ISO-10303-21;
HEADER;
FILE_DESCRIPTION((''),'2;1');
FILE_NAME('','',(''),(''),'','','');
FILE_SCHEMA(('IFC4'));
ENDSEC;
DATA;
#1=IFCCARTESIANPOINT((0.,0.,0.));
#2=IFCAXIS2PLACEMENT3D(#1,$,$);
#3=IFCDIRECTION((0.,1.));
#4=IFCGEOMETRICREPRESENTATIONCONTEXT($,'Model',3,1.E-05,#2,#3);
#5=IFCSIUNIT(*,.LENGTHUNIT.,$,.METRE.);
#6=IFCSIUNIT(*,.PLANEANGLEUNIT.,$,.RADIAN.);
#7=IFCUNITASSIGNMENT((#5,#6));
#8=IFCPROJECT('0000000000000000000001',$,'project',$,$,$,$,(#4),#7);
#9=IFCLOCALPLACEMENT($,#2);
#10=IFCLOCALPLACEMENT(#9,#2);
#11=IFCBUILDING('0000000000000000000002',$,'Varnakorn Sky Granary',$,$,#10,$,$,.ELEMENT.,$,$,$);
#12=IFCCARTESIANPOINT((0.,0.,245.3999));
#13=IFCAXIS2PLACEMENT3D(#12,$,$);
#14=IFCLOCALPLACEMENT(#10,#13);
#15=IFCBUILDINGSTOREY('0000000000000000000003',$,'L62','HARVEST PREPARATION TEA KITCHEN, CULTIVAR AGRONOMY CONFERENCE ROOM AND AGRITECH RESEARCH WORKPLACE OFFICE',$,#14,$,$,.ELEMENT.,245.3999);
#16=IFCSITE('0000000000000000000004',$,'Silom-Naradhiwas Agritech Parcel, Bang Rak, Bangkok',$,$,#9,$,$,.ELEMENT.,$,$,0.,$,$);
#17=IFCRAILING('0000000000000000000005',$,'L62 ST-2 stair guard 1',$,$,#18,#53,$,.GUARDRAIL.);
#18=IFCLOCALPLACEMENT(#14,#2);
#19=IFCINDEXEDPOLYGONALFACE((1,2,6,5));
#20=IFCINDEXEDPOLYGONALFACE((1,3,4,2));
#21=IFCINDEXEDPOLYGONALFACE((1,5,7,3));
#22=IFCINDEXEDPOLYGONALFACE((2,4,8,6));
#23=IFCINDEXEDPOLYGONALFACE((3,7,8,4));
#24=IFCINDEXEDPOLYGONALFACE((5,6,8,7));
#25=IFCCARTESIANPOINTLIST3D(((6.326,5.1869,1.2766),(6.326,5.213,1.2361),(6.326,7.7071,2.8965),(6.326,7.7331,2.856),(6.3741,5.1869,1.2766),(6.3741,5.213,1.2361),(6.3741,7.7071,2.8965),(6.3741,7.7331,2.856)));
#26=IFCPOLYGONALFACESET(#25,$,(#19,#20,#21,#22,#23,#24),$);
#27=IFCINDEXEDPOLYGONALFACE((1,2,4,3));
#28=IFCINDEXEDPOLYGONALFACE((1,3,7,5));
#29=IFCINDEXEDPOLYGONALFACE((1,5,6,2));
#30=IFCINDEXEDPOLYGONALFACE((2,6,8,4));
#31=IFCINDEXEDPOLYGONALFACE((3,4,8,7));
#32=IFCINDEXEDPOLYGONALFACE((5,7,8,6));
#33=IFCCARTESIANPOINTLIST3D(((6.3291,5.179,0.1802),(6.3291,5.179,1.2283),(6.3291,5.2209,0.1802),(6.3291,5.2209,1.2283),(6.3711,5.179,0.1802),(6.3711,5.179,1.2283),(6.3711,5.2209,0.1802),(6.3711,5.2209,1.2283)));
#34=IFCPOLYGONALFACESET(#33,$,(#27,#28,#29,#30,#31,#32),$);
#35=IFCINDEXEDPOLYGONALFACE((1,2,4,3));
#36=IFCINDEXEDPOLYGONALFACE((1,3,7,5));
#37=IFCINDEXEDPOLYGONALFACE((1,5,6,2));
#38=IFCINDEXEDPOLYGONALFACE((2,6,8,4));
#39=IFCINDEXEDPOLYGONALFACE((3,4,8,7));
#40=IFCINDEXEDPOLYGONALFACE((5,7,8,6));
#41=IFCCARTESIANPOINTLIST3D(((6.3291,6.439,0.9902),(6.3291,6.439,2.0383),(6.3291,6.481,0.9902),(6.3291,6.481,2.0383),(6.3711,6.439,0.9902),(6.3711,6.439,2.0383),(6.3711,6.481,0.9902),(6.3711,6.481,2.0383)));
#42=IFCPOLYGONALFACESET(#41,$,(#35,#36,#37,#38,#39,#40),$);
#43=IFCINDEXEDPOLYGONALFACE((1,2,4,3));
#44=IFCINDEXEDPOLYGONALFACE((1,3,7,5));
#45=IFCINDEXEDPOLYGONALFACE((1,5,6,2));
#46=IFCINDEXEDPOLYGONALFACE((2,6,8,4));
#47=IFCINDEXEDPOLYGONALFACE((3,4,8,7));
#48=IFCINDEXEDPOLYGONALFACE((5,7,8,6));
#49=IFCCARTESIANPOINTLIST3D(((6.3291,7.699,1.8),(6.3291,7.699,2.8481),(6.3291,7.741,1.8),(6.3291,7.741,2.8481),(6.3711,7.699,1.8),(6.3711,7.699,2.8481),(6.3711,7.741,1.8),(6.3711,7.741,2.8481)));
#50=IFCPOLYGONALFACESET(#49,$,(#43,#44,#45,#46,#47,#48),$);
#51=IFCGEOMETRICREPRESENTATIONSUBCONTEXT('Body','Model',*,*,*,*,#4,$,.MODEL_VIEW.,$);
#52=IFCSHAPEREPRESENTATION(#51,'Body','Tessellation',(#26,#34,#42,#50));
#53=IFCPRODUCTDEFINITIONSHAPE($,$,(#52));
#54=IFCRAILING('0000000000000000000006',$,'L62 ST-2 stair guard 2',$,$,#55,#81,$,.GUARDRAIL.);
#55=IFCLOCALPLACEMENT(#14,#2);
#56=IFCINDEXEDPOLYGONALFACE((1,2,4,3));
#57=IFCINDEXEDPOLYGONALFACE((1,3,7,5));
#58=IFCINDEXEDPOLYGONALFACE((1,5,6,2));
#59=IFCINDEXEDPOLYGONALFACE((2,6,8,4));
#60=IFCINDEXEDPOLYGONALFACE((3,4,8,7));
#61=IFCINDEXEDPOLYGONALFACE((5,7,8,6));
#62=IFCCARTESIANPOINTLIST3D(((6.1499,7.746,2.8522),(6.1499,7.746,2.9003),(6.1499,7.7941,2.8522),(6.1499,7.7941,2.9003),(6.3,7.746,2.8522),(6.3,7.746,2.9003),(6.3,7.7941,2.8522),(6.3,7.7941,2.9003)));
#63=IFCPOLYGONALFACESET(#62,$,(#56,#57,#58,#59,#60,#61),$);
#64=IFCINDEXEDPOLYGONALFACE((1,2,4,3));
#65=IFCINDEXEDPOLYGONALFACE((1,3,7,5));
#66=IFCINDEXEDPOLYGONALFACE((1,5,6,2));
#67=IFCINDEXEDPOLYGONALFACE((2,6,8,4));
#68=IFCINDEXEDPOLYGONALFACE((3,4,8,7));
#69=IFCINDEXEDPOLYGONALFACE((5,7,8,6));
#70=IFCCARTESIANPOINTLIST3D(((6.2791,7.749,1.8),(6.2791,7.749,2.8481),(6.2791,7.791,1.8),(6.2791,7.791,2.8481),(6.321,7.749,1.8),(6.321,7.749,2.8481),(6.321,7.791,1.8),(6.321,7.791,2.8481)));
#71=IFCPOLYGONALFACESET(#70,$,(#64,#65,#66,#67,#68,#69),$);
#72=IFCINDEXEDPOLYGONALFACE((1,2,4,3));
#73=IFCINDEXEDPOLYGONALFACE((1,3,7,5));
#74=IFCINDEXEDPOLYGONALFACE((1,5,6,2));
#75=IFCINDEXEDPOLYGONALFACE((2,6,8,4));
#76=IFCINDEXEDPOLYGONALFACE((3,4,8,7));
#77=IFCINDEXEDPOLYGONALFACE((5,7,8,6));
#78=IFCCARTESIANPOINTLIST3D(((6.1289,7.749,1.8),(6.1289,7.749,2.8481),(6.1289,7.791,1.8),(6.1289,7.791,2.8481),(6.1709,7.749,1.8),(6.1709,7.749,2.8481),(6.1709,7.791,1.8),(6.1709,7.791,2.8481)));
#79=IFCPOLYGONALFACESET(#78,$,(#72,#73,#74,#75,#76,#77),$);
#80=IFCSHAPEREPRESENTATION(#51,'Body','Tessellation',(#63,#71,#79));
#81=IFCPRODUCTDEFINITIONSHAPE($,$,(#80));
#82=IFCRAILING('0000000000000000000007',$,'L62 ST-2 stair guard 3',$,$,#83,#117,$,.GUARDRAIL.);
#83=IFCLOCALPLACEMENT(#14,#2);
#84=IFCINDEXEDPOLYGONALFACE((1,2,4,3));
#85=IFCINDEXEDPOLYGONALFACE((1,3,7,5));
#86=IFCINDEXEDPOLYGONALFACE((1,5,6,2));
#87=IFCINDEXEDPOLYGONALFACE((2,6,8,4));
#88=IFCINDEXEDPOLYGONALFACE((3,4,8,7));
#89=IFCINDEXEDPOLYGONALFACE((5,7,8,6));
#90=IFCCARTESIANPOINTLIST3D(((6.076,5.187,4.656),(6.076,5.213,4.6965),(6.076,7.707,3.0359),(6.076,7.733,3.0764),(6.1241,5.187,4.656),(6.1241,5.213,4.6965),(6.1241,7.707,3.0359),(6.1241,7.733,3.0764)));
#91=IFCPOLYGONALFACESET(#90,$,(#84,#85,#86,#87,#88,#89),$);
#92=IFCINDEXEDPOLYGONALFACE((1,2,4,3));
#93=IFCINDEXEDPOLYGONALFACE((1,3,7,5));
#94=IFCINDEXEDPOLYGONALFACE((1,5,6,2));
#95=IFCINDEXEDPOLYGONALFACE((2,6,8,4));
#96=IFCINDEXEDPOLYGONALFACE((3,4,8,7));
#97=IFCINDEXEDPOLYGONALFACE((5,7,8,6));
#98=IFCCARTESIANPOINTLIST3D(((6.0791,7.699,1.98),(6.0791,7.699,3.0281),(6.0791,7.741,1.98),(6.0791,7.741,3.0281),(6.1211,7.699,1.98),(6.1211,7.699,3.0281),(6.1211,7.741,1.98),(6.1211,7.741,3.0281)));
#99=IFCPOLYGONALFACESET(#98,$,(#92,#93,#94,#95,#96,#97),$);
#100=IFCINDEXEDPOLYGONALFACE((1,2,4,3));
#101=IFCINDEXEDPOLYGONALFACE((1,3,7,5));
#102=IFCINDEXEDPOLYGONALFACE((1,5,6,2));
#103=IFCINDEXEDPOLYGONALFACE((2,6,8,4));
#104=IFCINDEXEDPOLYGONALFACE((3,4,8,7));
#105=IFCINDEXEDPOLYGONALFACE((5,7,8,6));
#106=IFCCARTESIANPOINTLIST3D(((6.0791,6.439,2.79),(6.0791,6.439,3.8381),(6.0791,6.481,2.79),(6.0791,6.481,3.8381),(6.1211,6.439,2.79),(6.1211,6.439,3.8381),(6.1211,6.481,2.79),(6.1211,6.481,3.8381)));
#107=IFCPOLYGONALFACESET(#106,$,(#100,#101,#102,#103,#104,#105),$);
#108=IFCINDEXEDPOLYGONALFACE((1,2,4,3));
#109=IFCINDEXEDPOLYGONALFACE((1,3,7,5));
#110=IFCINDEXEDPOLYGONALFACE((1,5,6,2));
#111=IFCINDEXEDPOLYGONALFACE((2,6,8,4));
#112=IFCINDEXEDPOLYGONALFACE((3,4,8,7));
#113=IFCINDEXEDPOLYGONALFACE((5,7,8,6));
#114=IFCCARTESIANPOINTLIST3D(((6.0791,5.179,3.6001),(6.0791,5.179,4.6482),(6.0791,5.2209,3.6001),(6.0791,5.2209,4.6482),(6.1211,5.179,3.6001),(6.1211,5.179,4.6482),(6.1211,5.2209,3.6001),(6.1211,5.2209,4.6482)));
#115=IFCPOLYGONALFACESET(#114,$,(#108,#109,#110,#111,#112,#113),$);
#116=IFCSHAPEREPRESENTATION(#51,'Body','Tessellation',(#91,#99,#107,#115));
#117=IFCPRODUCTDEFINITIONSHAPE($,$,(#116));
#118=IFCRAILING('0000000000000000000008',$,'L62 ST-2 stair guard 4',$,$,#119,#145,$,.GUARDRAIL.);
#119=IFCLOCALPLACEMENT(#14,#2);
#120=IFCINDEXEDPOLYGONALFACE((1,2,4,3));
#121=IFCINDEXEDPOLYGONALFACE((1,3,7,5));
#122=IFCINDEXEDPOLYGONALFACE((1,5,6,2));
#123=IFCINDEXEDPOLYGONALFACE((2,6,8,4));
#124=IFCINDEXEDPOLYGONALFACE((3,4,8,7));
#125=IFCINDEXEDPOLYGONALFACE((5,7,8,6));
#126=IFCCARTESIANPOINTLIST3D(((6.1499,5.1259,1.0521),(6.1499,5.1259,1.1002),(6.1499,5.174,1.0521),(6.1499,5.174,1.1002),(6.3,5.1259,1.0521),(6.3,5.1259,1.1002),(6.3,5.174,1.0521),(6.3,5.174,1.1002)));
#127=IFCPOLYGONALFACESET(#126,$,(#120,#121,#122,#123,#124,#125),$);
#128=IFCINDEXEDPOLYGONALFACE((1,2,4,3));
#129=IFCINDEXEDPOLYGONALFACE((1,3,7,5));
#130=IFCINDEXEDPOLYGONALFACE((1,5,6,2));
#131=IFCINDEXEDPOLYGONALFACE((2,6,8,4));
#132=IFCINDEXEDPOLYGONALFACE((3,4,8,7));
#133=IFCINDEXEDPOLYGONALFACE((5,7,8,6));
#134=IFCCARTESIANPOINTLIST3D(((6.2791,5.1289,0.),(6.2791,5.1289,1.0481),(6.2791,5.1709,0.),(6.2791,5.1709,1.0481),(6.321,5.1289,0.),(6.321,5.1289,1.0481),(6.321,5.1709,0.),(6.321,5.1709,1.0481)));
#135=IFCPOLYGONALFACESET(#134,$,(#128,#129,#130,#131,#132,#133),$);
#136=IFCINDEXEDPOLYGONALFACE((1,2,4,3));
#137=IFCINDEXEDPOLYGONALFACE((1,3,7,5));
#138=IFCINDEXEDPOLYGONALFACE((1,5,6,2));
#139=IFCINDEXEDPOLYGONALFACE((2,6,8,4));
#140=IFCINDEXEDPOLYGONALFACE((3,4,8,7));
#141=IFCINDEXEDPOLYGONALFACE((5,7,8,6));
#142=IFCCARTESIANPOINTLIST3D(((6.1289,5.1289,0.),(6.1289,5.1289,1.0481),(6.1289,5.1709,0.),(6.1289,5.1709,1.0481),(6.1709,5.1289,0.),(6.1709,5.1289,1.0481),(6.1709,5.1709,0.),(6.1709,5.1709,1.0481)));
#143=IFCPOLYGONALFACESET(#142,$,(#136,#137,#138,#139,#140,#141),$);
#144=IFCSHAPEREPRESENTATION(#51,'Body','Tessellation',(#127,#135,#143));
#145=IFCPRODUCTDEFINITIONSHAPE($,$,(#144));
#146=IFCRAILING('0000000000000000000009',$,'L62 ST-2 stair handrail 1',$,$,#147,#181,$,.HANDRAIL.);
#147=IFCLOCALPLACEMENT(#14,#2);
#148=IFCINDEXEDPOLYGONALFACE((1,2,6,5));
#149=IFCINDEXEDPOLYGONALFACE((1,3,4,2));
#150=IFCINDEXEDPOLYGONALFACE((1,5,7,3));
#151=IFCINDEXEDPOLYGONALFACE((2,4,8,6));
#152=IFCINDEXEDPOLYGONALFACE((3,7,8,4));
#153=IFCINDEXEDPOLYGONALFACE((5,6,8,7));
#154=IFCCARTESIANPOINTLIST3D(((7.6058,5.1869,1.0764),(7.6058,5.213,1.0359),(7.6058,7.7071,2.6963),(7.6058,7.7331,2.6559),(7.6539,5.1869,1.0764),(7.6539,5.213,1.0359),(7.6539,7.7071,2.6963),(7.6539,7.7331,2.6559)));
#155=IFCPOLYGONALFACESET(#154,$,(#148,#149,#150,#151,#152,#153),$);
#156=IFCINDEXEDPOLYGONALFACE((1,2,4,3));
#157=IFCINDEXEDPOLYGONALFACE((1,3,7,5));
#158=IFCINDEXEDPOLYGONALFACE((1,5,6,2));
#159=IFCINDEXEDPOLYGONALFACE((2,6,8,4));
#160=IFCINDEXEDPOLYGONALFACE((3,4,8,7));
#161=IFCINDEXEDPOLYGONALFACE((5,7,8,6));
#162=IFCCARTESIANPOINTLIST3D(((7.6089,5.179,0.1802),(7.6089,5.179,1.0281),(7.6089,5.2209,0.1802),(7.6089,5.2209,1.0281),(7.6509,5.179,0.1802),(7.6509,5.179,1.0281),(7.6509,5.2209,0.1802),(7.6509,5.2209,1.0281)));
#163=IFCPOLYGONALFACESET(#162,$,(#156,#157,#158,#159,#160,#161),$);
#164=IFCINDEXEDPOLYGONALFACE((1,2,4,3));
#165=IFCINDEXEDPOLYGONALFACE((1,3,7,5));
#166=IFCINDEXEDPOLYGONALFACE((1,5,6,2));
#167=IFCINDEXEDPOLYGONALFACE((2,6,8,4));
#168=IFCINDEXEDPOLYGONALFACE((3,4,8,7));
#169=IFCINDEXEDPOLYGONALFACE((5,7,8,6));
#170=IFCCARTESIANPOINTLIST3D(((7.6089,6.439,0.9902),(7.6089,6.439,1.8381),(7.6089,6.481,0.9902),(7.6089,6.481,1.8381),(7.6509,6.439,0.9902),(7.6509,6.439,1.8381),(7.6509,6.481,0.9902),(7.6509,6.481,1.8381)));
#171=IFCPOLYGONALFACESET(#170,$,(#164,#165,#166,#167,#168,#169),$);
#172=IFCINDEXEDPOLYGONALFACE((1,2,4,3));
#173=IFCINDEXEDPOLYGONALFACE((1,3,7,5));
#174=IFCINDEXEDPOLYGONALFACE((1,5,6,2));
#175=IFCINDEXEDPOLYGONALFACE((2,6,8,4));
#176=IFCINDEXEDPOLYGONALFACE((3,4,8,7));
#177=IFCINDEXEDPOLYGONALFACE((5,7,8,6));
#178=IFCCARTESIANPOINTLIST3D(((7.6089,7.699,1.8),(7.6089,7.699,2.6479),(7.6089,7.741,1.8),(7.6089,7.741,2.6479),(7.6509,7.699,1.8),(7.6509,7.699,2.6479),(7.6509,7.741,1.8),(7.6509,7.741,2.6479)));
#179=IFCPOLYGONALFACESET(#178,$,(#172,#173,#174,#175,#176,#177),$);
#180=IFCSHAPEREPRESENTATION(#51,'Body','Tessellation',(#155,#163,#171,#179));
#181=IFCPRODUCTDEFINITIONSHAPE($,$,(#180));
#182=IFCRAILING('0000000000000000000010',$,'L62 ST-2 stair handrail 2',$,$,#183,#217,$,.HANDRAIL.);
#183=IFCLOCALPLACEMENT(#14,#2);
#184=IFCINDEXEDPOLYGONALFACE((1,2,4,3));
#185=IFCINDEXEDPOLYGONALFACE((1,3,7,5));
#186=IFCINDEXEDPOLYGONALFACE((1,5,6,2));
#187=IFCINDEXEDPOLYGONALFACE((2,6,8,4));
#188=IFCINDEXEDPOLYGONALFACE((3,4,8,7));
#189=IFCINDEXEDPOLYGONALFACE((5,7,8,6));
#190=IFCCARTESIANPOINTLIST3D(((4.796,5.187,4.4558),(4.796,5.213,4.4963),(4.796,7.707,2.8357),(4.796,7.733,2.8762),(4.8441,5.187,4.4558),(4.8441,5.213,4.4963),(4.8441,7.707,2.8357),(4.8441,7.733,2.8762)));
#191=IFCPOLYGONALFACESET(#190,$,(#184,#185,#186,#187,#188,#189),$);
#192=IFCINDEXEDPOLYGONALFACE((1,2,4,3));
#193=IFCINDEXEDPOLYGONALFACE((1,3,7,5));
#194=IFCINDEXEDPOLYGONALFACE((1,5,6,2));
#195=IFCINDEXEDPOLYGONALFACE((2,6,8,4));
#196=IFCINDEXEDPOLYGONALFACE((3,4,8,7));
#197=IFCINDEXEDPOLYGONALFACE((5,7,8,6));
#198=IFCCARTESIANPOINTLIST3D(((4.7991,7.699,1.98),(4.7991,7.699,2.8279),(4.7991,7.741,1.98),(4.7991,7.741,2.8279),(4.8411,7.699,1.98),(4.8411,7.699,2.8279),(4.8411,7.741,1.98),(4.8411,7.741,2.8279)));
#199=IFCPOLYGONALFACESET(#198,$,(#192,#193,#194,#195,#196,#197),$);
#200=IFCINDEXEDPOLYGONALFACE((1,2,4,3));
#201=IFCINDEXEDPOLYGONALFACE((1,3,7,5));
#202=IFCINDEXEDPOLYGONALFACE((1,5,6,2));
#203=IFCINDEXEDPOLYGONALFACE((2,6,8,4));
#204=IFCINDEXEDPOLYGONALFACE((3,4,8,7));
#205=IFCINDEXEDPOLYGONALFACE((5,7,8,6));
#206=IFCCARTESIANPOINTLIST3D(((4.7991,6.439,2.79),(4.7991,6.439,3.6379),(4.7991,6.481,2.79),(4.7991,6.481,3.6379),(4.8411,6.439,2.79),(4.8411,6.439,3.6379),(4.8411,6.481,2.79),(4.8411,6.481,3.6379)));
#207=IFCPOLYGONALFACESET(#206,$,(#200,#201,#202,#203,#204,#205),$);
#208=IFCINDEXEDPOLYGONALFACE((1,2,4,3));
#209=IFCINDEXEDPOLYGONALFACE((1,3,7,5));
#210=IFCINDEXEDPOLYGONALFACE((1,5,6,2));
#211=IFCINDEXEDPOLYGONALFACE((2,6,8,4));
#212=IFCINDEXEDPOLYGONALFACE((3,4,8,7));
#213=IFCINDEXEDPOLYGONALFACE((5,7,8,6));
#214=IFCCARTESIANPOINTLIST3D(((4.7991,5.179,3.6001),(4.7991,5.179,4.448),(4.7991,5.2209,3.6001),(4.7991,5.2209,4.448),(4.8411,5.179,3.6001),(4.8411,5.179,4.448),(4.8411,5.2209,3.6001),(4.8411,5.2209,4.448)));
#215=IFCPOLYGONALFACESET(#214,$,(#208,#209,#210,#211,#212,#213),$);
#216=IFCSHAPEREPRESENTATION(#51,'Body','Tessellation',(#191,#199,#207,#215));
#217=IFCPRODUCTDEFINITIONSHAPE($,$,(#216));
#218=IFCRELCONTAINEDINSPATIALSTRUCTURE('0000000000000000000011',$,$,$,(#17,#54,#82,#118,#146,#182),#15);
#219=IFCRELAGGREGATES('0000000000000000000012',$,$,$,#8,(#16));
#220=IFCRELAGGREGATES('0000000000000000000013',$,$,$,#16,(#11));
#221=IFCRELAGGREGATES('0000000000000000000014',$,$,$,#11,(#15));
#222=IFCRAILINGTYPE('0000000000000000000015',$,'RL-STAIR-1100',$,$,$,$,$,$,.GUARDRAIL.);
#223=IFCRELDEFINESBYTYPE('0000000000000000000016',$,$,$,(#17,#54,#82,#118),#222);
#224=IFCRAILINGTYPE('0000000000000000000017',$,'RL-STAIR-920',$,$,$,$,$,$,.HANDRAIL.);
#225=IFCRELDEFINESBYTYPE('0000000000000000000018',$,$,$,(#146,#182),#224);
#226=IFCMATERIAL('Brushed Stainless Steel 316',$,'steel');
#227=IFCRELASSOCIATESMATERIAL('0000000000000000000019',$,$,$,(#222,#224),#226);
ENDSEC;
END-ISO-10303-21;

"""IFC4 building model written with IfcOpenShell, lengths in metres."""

from ifc_helpers import new_model, si_unit, direction, frame, origin, origin_2d, place, context, subcontext, project, spatial, rectangle, extrude, material, type_object, element, save


model = new_model("IFC4")

# Units and contexts
model_context = context("Model", 3, precision=1e-05, world=origin(), true_north=direction((0.0, 1.0)))
body_context = subcontext(model_context, "Body", "Model", "MODEL_VIEW")
ifc_project = project(units=[si_unit("LENGTHUNIT", "METRE"), si_unit("PLANEANGLEUNIT", "RADIAN")], contexts=[model_context])

# Site, building, storey
site_placement = place(None, origin())
site = spatial("IfcSite", under=ifc_project, at=site_placement, Name="Silom-Naradhiwas Agritech Parcel, Bang Rak, Bangkok", CompositionType="ELEMENT", RefElevation=0.0)
building_placement = place(site_placement, origin())
building = spatial("IfcBuilding", under=site, at=building_placement, Name="Varnakorn Sky Granary", CompositionType="ELEMENT")
storey_placement = place(building_placement, frame((0.0, 0.0, 245.3999)))
storey = spatial("IfcBuildingStorey", under=building, at=storey_placement, Name="L62", Description="HARVEST PREPARATION TEA KITCHEN, CULTIVAR AGRONOMY CONFERENCE ROOM AND AGRITECH RESEARCH WORKPLACE OFFICE", CompositionType="ELEMENT", Elevation=245.3999)

# Railings
ifc_material_1 = material(Name="Brushed Stainless Steel 316", Category="steel")
railing_type_1 = type_object("IfcRailingType", Name="RL-STAIR-1100", PredefinedType="GUARDRAIL", material=ifc_material_1)
railing_1_placement = place(storey_placement, frame((6.3501, 5.2, 0.1802)))
element("IfcRailing", 1, at=railing_1_placement, inside=storey, type_object=railing_type_1, Name="L62 ST-2 stair guard 1", PredefinedType="GUARDRAIL", context=body_context, shape_type="SweptSolid", body=[
    extrude(rectangle(XDim=0.0481, YDim=0.0481, at=origin_2d()), frame((0.0, 0.0, 1.0762), z_axis=(0.0, 0.8412, 0.540725), x_axis=(-1.0, 0.0, 0.0)), (0.0, 0.0, 1.0), 2.9958),
    extrude(rectangle(XDim=0.042, YDim=0.042, at=origin_2d()), origin(), (0.0, 0.0, 1.0), 1.0481),
    extrude(rectangle(XDim=0.042, YDim=0.042, at=origin_2d()), frame((0.0, 1.26, 0.8101)), (0.0, 0.0, 1.0), 1.0481),
    extrude(rectangle(XDim=0.042, YDim=0.042, at=origin_2d()), frame((0.0, 2.52, 1.6199)), (0.0, 0.0, 1.0), 1.0481),
])
railing_2_placement = place(storey_placement, frame((6.3, 7.77, 1.8)))
element("IfcRailing", 2, at=railing_2_placement, inside=storey, type_object=railing_type_1, Name="L62 ST-2 stair guard 2", PredefinedType="GUARDRAIL", context=body_context, shape_type="SweptSolid", body=[
    extrude(rectangle(XDim=0.0481, YDim=0.0481, at=origin_2d()), frame((0.0, 0.0, 1.0762), z_axis=(-1.0, 0.0, 0.0), x_axis=(0.0, -1.0, 0.0)), (0.0, 0.0, 1.0), 0.1501),
    extrude(rectangle(XDim=0.042, YDim=0.042, at=origin_2d()), origin(), (0.0, 0.0, 1.0), 1.0481),
    extrude(rectangle(XDim=0.042, YDim=0.042, at=origin_2d()), frame((-0.1501, 0.0, 0.0)), (0.0, 0.0, 1.0), 1.0481),
])
railing_3_placement = place(storey_placement, frame((6.1001, 7.72, 1.98)))
element("IfcRailing", 3, at=railing_3_placement, inside=storey, type_object=railing_type_1, Name="L62 ST-2 stair guard 3", PredefinedType="GUARDRAIL", context=body_context, shape_type="SweptSolid", body=[
    extrude(rectangle(XDim=0.0481, YDim=0.0481, at=origin_2d()), frame((0.0, 0.0, 1.0762), z_axis=(0.0, -0.841163, 0.540782), x_axis=(1.0, 0.0, 0.0)), (0.0, 0.0, 1.0), 2.9958),
    extrude(rectangle(XDim=0.042, YDim=0.042, at=origin_2d()), origin(), (0.0, 0.0, 1.0), 1.0481),
    extrude(rectangle(XDim=0.042, YDim=0.042, at=origin_2d()), frame((0.0, -1.26, 0.8101)), (0.0, 0.0, 1.0), 1.0481),
    extrude(rectangle(XDim=0.042, YDim=0.042, at=origin_2d()), frame((0.0, -2.52, 1.6201)), (0.0, 0.0, 1.0), 1.0481),
])
railing_4_placement = place(storey_placement, frame((6.3, 5.1499, 0.0)))
element("IfcRailing", 4, at=railing_4_placement, inside=storey, type_object=railing_type_1, Name="L62 ST-2 stair guard 4", PredefinedType="GUARDRAIL", context=body_context, shape_type="SweptSolid", body=[
    extrude(rectangle(XDim=0.0481, YDim=0.0481, at=origin_2d()), frame((0.0, 0.0, 1.0762), z_axis=(-1.0, 0.0, 0.0), x_axis=(0.0, -1.0, 0.0)), (0.0, 0.0, 1.0), 0.1501),
    extrude(rectangle(XDim=0.042, YDim=0.042, at=origin_2d()), origin(), (0.0, 0.0, 1.0), 1.0481),
    extrude(rectangle(XDim=0.042, YDim=0.042, at=origin_2d()), frame((-0.1501, 0.0, 0.0)), (0.0, 0.0, 1.0), 1.0481),
])
railing_type_2 = type_object("IfcRailingType", Name="RL-STAIR-920", PredefinedType="HANDRAIL", material=ifc_material_1)
railing_5_placement = place(storey_placement, frame((7.6299, 5.2, 0.1802)))
element("IfcRailing", 5, at=railing_5_placement, inside=storey, type_object=railing_type_2, Name="L62 ST-2 stair handrail 1", PredefinedType="HANDRAIL", context=body_context, shape_type="SweptSolid", body=[
    extrude(rectangle(XDim=0.0481, YDim=0.0481, at=origin_2d()), frame((0.0, 0.0, 0.876), z_axis=(0.0, 0.8412, 0.540725), x_axis=(-1.0, 0.0, 0.0)), (0.0, 0.0, 1.0), 2.9958),
    extrude(rectangle(XDim=0.042, YDim=0.042, at=origin_2d()), origin(), (0.0, 0.0, 1.0), 0.8479),
    extrude(rectangle(XDim=0.042, YDim=0.042, at=origin_2d()), frame((0.0, 1.26, 0.8101)), (0.0, 0.0, 1.0), 0.8479),
    extrude(rectangle(XDim=0.042, YDim=0.042, at=origin_2d()), frame((0.0, 2.52, 1.6199)), (0.0, 0.0, 1.0), 0.8479),
])
railing_6_placement = place(storey_placement, frame((4.8201, 7.72, 1.98)))
element("IfcRailing", 6, at=railing_6_placement, inside=storey, type_object=railing_type_2, Name="L62 ST-2 stair handrail 2", PredefinedType="HANDRAIL", context=body_context, shape_type="SweptSolid", body=[
    extrude(rectangle(XDim=0.0481, YDim=0.0481, at=origin_2d()), frame((0.0, 0.0, 0.876), z_axis=(0.0, -0.841163, 0.540782), x_axis=(1.0, 0.0, 0.0)), (0.0, 0.0, 1.0), 2.9958),
    extrude(rectangle(XDim=0.042, YDim=0.042, at=origin_2d()), origin(), (0.0, 0.0, 1.0), 0.8479),
    extrude(rectangle(XDim=0.042, YDim=0.042, at=origin_2d()), frame((0.0, -1.26, 0.8101)), (0.0, 0.0, 1.0), 0.8479),
    extrude(rectangle(XDim=0.042, YDim=0.042, at=origin_2d()), frame((0.0, -2.52, 1.6201)), (0.0, 0.0, 1.0), 0.8479),
])

save(model, "model.ifc")
